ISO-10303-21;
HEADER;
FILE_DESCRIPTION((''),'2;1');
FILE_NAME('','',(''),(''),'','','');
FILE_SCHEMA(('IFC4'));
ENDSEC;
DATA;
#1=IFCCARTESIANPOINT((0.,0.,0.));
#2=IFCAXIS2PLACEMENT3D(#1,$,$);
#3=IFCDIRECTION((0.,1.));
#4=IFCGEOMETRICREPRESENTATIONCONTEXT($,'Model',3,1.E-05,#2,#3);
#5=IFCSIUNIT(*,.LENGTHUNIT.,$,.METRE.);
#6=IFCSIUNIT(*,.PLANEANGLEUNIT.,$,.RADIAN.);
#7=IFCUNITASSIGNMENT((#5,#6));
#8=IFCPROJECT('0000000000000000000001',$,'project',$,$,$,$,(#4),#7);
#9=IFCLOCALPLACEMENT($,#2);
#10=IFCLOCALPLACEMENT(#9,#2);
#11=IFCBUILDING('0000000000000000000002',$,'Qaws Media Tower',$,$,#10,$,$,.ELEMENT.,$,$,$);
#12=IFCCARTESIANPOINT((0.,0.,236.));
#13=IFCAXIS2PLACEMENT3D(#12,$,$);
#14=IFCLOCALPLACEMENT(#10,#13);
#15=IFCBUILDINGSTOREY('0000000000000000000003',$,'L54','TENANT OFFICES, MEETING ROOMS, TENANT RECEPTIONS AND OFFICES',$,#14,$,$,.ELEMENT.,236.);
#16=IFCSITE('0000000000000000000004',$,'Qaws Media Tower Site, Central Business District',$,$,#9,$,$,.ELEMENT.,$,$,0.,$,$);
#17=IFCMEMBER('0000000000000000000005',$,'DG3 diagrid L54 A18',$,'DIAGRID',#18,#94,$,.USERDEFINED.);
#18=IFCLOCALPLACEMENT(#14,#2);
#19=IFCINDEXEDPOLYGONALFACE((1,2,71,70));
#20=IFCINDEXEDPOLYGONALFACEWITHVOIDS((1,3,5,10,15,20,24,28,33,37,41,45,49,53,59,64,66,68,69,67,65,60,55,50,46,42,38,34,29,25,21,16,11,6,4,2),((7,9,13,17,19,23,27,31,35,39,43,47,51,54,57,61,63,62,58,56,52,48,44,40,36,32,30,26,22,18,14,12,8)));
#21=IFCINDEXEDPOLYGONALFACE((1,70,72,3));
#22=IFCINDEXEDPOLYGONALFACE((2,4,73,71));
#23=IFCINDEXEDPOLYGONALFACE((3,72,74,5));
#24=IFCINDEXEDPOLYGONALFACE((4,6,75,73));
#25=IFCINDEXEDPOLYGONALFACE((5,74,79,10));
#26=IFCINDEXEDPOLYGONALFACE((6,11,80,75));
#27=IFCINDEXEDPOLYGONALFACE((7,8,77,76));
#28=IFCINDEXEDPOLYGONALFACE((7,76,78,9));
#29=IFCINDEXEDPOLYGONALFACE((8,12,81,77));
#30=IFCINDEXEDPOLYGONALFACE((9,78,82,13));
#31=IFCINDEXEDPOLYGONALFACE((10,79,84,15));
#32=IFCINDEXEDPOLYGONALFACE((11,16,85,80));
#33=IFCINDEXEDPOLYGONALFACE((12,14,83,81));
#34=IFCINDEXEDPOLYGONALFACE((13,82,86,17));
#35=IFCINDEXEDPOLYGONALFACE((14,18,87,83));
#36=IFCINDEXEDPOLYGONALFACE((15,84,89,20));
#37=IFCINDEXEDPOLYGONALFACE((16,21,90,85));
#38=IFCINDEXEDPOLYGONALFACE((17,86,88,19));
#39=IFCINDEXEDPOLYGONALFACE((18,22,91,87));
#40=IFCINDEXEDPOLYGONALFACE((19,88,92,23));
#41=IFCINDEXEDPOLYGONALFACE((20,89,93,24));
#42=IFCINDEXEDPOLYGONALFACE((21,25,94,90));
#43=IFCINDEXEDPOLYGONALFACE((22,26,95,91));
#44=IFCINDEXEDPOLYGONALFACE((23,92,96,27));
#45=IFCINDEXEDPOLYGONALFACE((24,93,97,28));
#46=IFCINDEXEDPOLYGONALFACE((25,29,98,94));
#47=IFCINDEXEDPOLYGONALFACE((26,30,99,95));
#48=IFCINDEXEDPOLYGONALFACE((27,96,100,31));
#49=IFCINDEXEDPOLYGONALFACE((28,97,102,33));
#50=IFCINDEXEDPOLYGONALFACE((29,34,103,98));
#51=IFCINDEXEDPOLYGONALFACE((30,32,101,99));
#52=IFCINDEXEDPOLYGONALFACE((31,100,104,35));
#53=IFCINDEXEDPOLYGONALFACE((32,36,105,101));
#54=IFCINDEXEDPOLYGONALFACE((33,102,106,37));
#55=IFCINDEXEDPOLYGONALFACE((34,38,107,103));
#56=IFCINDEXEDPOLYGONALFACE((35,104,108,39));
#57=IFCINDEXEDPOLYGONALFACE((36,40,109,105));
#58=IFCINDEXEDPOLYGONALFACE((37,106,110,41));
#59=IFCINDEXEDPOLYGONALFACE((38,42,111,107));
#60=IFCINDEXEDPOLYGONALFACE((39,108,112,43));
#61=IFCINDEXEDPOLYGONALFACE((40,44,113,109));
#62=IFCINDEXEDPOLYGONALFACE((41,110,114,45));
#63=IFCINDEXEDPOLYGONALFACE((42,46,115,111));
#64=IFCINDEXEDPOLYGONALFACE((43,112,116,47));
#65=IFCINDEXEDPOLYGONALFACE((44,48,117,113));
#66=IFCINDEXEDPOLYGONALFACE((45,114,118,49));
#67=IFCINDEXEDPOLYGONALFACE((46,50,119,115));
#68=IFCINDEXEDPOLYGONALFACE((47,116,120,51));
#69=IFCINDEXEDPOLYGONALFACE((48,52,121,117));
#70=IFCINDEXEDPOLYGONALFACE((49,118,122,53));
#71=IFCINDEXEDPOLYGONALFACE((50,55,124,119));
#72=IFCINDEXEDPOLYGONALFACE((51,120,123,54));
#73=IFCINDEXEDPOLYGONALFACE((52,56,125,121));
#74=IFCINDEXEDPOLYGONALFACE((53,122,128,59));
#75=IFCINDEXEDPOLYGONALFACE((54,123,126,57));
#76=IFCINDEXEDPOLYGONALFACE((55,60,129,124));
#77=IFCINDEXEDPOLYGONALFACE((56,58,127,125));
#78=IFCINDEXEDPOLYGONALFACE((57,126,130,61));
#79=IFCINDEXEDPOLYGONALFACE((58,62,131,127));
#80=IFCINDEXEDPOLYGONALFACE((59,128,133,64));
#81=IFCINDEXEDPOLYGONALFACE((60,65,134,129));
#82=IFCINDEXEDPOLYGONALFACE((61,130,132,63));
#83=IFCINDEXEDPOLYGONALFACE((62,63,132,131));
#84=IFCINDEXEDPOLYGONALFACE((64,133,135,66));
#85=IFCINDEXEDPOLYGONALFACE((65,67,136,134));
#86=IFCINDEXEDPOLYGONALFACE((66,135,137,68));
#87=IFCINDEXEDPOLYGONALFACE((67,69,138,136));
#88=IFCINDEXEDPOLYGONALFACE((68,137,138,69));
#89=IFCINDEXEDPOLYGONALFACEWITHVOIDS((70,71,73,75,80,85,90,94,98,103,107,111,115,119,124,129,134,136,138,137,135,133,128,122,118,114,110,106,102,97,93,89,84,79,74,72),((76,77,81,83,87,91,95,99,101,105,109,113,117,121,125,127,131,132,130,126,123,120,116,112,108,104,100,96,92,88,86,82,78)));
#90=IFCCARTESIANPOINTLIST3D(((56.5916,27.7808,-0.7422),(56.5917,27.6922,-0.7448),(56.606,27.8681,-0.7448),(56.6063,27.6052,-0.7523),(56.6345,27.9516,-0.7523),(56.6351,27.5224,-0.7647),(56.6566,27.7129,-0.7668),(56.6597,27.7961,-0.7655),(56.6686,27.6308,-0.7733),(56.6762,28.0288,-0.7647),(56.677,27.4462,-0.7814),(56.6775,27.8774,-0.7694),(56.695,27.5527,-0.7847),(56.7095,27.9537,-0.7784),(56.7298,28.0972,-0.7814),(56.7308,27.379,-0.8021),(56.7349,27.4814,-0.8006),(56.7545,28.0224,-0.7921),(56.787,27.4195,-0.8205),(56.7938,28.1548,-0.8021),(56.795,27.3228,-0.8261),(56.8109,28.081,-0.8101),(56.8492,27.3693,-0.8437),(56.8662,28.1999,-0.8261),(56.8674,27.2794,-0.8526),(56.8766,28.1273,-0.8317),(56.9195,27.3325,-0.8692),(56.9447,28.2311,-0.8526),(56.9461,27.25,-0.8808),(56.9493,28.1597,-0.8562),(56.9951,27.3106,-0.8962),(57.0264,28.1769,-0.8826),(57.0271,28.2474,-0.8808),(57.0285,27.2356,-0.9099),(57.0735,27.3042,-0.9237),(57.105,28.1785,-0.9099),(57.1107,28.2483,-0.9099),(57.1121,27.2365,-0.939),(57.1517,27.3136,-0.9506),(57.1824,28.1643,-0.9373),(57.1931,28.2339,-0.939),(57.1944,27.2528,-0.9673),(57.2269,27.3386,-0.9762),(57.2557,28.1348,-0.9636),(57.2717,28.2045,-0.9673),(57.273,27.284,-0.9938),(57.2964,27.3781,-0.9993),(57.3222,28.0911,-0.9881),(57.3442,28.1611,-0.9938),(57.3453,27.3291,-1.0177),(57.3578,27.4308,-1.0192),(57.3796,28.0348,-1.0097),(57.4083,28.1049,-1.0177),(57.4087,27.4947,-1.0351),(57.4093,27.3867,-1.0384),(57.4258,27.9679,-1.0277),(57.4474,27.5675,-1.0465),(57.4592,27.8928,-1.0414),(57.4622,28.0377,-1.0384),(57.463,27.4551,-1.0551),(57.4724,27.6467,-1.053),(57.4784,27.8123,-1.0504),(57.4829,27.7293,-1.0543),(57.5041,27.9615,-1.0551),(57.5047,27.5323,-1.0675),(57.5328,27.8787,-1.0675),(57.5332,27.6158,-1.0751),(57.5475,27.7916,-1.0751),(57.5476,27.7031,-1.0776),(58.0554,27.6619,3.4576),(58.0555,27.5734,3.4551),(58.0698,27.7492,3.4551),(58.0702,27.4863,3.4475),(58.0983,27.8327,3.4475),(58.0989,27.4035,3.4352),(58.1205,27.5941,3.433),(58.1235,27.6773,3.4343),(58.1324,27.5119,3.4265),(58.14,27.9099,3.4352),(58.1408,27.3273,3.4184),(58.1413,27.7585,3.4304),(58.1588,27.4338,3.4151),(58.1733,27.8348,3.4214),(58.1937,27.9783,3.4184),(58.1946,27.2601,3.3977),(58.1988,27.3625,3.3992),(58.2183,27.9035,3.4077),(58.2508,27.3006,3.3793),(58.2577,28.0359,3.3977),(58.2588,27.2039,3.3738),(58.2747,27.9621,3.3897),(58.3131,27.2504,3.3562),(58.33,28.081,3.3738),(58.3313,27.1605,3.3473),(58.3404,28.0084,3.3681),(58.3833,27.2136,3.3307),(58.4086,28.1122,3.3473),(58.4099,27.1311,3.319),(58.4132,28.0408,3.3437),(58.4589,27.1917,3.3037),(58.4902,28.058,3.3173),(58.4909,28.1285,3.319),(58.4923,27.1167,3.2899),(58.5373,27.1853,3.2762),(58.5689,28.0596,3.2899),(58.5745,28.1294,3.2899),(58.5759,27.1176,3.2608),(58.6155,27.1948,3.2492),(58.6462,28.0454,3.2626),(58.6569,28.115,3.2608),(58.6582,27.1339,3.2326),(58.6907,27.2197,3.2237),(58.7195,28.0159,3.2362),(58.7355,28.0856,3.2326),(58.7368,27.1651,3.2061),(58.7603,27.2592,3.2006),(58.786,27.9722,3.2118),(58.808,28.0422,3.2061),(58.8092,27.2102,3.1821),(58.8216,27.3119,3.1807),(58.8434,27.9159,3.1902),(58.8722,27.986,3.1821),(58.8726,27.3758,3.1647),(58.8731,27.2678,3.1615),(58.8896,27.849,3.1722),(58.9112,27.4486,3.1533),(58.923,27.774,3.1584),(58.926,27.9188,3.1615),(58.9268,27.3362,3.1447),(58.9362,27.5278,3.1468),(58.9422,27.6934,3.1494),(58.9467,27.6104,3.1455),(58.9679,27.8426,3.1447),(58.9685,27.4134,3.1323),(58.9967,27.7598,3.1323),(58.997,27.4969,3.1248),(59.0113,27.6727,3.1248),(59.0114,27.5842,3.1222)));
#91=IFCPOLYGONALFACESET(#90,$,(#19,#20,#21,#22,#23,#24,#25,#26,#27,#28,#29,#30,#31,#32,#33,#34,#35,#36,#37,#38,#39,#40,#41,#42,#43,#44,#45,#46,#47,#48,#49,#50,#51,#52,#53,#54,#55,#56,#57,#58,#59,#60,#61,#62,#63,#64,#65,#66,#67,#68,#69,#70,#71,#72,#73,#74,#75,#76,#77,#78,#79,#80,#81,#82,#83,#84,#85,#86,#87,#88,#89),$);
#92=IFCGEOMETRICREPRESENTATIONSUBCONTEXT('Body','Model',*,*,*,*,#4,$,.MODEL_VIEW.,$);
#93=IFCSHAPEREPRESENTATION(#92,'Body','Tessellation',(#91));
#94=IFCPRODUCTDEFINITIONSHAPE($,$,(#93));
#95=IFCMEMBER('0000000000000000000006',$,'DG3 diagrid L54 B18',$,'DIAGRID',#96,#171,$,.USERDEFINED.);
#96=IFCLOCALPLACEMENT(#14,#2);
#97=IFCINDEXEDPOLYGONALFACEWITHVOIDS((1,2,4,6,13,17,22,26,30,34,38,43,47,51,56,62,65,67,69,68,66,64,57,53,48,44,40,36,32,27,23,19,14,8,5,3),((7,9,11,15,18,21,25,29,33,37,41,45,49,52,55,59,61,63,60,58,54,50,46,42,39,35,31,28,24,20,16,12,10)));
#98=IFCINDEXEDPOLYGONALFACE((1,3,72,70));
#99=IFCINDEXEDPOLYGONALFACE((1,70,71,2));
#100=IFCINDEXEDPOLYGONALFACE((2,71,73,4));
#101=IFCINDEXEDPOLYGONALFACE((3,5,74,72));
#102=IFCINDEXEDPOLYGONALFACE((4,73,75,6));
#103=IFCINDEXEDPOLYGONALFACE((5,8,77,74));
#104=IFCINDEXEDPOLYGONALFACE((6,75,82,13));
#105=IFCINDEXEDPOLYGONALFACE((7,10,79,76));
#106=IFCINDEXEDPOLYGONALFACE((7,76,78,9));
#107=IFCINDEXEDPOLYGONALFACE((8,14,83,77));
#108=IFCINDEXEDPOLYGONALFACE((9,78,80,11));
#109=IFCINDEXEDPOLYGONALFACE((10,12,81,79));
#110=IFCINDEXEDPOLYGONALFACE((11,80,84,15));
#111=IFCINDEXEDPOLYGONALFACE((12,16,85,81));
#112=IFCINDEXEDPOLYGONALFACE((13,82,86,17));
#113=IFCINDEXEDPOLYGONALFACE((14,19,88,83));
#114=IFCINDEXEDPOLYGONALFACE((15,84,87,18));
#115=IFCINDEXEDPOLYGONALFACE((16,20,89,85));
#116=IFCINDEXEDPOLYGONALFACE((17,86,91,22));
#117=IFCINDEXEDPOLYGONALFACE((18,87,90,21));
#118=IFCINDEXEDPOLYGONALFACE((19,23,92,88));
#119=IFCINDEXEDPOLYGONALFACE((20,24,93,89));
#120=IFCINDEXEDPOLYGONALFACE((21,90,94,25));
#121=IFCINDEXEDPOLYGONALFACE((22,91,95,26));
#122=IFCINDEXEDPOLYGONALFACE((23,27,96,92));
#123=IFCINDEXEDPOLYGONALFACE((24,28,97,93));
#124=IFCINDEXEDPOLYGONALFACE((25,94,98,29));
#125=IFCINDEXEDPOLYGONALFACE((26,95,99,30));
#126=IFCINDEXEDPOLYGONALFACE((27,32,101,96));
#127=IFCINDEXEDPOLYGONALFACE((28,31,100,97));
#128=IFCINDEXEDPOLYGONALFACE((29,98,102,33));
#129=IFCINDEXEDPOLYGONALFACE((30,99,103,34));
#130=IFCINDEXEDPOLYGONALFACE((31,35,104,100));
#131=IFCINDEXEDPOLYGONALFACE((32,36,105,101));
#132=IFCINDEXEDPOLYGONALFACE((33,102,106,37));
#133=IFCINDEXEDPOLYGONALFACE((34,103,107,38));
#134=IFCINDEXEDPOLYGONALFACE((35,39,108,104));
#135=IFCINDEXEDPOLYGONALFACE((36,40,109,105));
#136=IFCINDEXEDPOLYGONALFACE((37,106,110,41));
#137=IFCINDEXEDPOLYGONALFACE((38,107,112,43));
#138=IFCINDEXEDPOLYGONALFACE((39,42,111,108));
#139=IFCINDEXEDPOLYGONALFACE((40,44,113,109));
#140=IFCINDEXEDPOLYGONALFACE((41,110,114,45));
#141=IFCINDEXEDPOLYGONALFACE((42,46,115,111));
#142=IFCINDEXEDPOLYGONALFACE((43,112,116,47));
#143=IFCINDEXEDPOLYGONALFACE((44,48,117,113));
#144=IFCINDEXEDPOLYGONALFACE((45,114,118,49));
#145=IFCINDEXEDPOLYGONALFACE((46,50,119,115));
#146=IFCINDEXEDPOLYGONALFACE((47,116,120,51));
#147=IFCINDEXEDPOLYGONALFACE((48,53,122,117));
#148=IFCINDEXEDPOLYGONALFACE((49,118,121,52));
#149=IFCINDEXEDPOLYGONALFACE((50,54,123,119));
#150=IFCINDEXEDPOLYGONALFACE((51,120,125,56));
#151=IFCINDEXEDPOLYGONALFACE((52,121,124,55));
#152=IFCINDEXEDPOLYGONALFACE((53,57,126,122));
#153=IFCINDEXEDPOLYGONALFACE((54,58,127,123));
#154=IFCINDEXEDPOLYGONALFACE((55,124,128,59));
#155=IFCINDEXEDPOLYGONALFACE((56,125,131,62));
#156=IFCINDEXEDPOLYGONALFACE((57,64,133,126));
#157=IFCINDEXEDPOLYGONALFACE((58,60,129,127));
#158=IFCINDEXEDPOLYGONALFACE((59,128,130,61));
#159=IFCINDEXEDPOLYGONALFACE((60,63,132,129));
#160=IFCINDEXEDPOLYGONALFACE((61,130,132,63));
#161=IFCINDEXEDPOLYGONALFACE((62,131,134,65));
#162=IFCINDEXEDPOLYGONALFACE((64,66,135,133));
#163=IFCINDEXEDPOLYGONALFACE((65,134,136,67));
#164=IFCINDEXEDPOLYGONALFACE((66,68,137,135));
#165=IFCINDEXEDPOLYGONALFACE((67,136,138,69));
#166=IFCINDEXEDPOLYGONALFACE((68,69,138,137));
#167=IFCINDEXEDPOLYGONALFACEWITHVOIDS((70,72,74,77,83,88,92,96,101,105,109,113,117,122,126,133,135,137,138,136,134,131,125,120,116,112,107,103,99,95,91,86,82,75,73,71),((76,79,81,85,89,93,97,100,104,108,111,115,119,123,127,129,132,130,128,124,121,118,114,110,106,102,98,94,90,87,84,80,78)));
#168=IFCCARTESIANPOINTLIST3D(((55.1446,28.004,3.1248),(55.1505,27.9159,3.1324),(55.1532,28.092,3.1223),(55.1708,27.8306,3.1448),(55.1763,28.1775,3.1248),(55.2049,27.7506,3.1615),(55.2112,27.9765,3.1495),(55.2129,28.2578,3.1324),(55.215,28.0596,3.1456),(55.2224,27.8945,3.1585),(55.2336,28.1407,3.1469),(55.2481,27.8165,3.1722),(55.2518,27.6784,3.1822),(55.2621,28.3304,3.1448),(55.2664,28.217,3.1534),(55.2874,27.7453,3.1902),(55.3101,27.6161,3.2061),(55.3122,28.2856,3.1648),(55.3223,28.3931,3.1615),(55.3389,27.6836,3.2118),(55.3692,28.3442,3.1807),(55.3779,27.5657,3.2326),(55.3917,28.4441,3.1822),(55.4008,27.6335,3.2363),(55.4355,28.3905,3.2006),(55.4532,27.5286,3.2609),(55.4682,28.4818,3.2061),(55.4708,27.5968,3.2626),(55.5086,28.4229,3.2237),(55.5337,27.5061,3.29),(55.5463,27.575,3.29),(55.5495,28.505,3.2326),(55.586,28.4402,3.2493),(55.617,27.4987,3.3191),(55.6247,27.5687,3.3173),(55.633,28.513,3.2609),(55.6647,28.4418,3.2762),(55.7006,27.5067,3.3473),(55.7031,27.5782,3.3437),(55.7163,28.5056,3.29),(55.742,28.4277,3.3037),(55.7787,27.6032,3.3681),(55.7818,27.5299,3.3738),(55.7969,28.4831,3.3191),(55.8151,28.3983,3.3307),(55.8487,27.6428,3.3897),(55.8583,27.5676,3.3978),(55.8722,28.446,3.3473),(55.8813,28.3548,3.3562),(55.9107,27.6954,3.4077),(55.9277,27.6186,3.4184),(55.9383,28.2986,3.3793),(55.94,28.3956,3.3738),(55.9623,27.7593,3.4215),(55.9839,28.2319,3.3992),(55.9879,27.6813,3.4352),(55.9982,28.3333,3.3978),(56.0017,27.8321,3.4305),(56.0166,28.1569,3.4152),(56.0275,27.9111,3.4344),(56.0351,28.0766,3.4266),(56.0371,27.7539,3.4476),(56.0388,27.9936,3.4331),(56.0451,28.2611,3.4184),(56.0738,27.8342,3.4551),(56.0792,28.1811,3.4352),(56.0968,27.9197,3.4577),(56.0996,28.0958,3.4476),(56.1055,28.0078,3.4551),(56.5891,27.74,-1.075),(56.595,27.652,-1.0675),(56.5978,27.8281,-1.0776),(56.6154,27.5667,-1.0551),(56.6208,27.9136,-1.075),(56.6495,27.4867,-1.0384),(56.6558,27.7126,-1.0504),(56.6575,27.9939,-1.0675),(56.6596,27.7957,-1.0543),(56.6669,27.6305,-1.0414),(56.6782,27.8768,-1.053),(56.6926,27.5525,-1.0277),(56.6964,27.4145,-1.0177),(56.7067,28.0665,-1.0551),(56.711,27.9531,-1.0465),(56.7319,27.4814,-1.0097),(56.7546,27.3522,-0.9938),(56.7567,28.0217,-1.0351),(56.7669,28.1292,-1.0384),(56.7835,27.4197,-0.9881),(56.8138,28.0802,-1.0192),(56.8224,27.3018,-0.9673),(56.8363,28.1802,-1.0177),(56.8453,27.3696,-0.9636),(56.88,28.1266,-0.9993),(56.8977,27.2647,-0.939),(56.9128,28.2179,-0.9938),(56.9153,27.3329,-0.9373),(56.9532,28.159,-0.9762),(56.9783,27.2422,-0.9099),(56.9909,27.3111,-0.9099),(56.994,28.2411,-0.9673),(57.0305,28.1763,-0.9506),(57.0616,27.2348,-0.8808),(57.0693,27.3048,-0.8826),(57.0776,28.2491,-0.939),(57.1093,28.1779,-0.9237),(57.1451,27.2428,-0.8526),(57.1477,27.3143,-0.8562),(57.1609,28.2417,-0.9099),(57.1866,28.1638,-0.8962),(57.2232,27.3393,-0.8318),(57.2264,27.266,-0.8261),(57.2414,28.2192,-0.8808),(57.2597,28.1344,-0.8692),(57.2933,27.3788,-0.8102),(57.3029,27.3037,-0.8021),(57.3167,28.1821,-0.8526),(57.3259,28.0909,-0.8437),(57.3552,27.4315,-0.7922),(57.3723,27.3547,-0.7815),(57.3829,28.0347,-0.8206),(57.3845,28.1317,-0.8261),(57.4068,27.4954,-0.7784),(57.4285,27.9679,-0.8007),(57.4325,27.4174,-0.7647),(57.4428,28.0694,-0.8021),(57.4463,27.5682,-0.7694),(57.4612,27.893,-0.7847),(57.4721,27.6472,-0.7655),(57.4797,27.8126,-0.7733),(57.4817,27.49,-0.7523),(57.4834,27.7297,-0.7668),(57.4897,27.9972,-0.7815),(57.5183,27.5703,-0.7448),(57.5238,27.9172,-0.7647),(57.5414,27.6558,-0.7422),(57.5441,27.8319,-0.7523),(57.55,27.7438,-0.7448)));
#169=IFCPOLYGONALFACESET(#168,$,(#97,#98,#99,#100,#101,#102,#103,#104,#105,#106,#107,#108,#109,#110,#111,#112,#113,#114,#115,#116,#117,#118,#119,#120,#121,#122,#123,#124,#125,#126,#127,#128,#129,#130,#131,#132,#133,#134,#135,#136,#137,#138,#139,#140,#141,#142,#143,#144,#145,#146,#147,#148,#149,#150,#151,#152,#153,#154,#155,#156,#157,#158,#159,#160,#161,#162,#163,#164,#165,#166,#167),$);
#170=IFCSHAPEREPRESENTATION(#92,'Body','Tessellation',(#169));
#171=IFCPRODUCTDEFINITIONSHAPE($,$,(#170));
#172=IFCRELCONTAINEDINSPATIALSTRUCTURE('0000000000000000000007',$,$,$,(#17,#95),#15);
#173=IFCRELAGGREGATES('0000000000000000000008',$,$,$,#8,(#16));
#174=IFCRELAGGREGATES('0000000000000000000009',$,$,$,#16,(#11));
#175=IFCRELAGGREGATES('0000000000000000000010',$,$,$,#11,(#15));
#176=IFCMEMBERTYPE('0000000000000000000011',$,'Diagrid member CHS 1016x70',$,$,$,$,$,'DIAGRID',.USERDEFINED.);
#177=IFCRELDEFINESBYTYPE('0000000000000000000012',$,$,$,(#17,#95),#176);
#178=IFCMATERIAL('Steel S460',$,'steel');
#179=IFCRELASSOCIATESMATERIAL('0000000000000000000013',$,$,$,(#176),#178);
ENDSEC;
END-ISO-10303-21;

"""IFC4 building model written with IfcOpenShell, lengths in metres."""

from ifc_helpers import new_model, si_unit, direction, frame, origin, origin_2d, place, context, subcontext, project, spatial, hollow_circle, extrude, material, material_profile, profile_set, type_object, element, save


model = new_model("IFC4")

# Units and contexts
model_context = context("Model", 3, precision=1e-05, world=origin(), true_north=direction((0.0, 1.0)))
body_context = subcontext(model_context, "Body", "Model", "MODEL_VIEW")
ifc_project = project(units=[si_unit("LENGTHUNIT", "METRE"), si_unit("PLANEANGLEUNIT", "RADIAN")], contexts=[model_context])

# Site, building, storey
site_placement = place(None, origin())
site = spatial("IfcSite", under=ifc_project, at=site_placement, Name="Qaws Media Tower Site, Central Business District", CompositionType="ELEMENT", RefElevation=0.0)
building_placement = place(site_placement, origin())
building = spatial("IfcBuilding", under=site, at=building_placement, Name="Qaws Media Tower", CompositionType="ELEMENT")
storey_placement = place(building_placement, frame((0.0, 0.0, 236.0)))
storey = spatial("IfcBuildingStorey", under=building, at=storey_placement, Name="L54", Description="TENANT OFFICES, MEETING ROOMS, TENANT RECEPTIONS AND OFFICES", CompositionType="ELEMENT", Elevation=236.0)

# Members
ifc_material_1 = material(Name="Steel S460", Category="steel")
ifc_material_profile_1 = material_profile(ifc_material_1, hollow_circle(Radius=0.5081, WallThickness=0.0701, at=origin_2d()), Name="CHS 1016x70")
ifc_profile_set_1 = profile_set([ifc_material_profile_1], Name="Steel S460")
member_type_1 = type_object("IfcMemberType", Name="Diagrid member CHS 1016x70", ElementType="DIAGRID", PredefinedType="USERDEFINED", material=ifc_profile_set_1)
for number, where, z_axis, x_axis, name in (
    (1, (57.0696, 27.7419, -0.9099), (0.329008, -0.026722, 0.943949), (0.080954, 0.996718, 0.0), "DG3 diagrid L54 A18"),
    (2, (57.0696, 27.7419, -0.9099), (-0.324678, 0.059317, 0.943963), (-0.179719, -0.983718, 0.0), "DG3 diagrid L54 B18"),
):
    element("IfcMember", number, at=place(storey_placement, frame(where, z_axis=z_axis, x_axis=x_axis)), inside=storey, type_object=member_type_1, Name=name, ObjectType="DIAGRID", PredefinedType="USERDEFINED", context=body_context, shape_type="SweptSolid", body=[
        extrude(hollow_circle(Radius=0.5081, WallThickness=0.0701, at=origin_2d()), origin(), (0.0, 0.0, 1.0), 4.4492),
    ])

save(model, "model.ifc")
